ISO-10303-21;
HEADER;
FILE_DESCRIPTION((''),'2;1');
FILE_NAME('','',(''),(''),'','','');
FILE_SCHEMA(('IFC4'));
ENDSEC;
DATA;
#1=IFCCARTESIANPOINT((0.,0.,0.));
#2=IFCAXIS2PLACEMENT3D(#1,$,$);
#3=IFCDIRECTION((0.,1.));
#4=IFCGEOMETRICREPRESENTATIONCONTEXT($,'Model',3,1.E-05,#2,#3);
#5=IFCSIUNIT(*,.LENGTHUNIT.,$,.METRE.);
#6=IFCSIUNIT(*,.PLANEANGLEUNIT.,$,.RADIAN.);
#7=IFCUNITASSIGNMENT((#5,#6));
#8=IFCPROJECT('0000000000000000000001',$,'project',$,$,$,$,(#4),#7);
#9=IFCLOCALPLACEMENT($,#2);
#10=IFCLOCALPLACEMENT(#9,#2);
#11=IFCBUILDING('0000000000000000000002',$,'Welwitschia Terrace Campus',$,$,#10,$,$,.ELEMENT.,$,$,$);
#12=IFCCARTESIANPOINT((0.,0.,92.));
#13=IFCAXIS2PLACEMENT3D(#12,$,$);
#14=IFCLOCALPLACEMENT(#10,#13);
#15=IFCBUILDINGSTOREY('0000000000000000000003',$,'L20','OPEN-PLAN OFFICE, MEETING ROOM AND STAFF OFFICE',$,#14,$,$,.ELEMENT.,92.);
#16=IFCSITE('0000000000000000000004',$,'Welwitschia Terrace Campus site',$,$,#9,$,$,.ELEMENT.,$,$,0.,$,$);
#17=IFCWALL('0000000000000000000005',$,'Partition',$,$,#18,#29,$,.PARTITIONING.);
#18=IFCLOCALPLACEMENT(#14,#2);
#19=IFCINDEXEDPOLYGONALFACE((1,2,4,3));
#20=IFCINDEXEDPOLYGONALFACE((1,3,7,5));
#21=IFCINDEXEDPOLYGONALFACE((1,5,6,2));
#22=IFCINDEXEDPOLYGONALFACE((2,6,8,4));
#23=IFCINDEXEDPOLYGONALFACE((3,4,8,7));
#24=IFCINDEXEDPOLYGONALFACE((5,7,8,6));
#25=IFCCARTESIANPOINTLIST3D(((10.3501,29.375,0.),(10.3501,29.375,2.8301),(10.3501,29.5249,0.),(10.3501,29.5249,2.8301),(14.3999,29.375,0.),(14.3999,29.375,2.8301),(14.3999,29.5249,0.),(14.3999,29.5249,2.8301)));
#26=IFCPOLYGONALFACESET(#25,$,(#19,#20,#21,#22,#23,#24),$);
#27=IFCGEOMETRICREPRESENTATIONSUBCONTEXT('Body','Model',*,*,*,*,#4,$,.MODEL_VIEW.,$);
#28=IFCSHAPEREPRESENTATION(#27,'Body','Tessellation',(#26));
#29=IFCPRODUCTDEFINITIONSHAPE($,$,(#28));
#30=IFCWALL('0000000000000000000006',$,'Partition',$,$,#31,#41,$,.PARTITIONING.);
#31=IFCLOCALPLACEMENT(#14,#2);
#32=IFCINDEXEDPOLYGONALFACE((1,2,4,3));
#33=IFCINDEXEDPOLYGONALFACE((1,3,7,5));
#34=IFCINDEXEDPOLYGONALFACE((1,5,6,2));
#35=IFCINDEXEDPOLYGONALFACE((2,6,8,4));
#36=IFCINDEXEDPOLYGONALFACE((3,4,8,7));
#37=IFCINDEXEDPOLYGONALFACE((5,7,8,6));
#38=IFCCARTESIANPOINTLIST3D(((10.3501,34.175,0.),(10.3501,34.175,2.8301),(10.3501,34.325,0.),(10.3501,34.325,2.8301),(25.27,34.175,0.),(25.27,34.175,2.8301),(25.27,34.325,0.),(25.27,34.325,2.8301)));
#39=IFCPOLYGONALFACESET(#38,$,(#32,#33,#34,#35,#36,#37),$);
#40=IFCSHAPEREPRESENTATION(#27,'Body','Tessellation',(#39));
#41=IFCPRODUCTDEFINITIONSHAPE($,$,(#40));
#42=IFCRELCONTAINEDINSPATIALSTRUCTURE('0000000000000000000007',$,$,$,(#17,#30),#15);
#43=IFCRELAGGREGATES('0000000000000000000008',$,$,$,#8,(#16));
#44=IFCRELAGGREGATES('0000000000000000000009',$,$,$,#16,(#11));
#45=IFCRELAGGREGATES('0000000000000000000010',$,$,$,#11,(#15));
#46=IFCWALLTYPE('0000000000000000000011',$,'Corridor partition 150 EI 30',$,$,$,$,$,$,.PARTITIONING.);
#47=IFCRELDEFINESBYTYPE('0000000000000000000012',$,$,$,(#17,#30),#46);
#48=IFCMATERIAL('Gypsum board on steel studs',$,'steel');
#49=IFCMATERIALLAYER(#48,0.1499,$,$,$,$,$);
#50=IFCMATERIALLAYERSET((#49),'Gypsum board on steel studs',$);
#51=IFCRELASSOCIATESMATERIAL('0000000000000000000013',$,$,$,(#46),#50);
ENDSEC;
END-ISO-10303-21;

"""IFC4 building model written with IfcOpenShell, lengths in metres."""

from ifc_helpers import new_model, si_unit, direction, frame, frame_2d, origin, place, context, subcontext, project, spatial, rectangle, extrude, material, layer, layer_set, type_object, element, save


model = new_model("IFC4")

# Units and contexts
model_context = context("Model", 3, precision=1e-05, world=origin(), true_north=direction((0.0, 1.0)))
body_context = subcontext(model_context, "Body", "Model", "MODEL_VIEW")
ifc_project = project(units=[si_unit("LENGTHUNIT", "METRE"), si_unit("PLANEANGLEUNIT", "RADIAN")], contexts=[model_context])

# Site, building, storey
site_placement = place(None, origin())
site = spatial("IfcSite", under=ifc_project, at=site_placement, Name="Welwitschia Terrace Campus site", CompositionType="ELEMENT", RefElevation=0.0)
building_placement = place(site_placement, origin())
building = spatial("IfcBuilding", under=site, at=building_placement, Name="Welwitschia Terrace Campus", CompositionType="ELEMENT")
storey_placement = place(building_placement, frame((0.0, 0.0, 92.0)))
storey = spatial("IfcBuildingStorey", under=building, at=storey_placement, Name="L20", Description="OPEN-PLAN OFFICE, MEETING ROOM AND STAFF OFFICE", CompositionType="ELEMENT", Elevation=92.0)

# Shared definitions
ifc_material_1 = material(Name="Gypsum board on steel studs", Category="steel")
ifc_layer_1 = layer(ifc_material_1, 0.1499)
ifc_layer_set_1 = layer_set([ifc_layer_1], Name="Gypsum board on steel studs")
wall_type = type_object("IfcWallType", Name="Corridor partition 150 EI 30", PredefinedType="PARTITIONING", material=ifc_layer_set_1)

# Walls
wall_1_placement = place(storey_placement, frame((10.3501, 29.45, 0.0), z_axis=(0.0, 0.0, 1.0), x_axis=(1.0, 0.0, 0.0)))
element("IfcWall", 1, at=wall_1_placement, inside=storey, type_object=wall_type, Name="Partition", PredefinedType="PARTITIONING", context=body_context, shape_type="SweptSolid", body=[
    extrude(rectangle(XDim=4.0498, YDim=0.1499, at=frame_2d((2.0249, 0.0))), origin(), (0.0, 0.0, 1.0), 2.8301),
])
wall_2_placement = place(storey_placement, frame((10.3501, 34.25, 0.0), z_axis=(0.0, 0.0, 1.0), x_axis=(1.0, 0.0, 0.0)))
element("IfcWall", 2, at=wall_2_placement, inside=storey, type_object=wall_type, Name="Partition", PredefinedType="PARTITIONING", context=body_context, shape_type="SweptSolid", body=[
    extrude(rectangle(XDim=14.9199, YDim=0.1499, at=frame_2d((7.46, 0.0))), origin(), (0.0, 0.0, 1.0), 2.8301),
])

save(model, "model.ifc")
